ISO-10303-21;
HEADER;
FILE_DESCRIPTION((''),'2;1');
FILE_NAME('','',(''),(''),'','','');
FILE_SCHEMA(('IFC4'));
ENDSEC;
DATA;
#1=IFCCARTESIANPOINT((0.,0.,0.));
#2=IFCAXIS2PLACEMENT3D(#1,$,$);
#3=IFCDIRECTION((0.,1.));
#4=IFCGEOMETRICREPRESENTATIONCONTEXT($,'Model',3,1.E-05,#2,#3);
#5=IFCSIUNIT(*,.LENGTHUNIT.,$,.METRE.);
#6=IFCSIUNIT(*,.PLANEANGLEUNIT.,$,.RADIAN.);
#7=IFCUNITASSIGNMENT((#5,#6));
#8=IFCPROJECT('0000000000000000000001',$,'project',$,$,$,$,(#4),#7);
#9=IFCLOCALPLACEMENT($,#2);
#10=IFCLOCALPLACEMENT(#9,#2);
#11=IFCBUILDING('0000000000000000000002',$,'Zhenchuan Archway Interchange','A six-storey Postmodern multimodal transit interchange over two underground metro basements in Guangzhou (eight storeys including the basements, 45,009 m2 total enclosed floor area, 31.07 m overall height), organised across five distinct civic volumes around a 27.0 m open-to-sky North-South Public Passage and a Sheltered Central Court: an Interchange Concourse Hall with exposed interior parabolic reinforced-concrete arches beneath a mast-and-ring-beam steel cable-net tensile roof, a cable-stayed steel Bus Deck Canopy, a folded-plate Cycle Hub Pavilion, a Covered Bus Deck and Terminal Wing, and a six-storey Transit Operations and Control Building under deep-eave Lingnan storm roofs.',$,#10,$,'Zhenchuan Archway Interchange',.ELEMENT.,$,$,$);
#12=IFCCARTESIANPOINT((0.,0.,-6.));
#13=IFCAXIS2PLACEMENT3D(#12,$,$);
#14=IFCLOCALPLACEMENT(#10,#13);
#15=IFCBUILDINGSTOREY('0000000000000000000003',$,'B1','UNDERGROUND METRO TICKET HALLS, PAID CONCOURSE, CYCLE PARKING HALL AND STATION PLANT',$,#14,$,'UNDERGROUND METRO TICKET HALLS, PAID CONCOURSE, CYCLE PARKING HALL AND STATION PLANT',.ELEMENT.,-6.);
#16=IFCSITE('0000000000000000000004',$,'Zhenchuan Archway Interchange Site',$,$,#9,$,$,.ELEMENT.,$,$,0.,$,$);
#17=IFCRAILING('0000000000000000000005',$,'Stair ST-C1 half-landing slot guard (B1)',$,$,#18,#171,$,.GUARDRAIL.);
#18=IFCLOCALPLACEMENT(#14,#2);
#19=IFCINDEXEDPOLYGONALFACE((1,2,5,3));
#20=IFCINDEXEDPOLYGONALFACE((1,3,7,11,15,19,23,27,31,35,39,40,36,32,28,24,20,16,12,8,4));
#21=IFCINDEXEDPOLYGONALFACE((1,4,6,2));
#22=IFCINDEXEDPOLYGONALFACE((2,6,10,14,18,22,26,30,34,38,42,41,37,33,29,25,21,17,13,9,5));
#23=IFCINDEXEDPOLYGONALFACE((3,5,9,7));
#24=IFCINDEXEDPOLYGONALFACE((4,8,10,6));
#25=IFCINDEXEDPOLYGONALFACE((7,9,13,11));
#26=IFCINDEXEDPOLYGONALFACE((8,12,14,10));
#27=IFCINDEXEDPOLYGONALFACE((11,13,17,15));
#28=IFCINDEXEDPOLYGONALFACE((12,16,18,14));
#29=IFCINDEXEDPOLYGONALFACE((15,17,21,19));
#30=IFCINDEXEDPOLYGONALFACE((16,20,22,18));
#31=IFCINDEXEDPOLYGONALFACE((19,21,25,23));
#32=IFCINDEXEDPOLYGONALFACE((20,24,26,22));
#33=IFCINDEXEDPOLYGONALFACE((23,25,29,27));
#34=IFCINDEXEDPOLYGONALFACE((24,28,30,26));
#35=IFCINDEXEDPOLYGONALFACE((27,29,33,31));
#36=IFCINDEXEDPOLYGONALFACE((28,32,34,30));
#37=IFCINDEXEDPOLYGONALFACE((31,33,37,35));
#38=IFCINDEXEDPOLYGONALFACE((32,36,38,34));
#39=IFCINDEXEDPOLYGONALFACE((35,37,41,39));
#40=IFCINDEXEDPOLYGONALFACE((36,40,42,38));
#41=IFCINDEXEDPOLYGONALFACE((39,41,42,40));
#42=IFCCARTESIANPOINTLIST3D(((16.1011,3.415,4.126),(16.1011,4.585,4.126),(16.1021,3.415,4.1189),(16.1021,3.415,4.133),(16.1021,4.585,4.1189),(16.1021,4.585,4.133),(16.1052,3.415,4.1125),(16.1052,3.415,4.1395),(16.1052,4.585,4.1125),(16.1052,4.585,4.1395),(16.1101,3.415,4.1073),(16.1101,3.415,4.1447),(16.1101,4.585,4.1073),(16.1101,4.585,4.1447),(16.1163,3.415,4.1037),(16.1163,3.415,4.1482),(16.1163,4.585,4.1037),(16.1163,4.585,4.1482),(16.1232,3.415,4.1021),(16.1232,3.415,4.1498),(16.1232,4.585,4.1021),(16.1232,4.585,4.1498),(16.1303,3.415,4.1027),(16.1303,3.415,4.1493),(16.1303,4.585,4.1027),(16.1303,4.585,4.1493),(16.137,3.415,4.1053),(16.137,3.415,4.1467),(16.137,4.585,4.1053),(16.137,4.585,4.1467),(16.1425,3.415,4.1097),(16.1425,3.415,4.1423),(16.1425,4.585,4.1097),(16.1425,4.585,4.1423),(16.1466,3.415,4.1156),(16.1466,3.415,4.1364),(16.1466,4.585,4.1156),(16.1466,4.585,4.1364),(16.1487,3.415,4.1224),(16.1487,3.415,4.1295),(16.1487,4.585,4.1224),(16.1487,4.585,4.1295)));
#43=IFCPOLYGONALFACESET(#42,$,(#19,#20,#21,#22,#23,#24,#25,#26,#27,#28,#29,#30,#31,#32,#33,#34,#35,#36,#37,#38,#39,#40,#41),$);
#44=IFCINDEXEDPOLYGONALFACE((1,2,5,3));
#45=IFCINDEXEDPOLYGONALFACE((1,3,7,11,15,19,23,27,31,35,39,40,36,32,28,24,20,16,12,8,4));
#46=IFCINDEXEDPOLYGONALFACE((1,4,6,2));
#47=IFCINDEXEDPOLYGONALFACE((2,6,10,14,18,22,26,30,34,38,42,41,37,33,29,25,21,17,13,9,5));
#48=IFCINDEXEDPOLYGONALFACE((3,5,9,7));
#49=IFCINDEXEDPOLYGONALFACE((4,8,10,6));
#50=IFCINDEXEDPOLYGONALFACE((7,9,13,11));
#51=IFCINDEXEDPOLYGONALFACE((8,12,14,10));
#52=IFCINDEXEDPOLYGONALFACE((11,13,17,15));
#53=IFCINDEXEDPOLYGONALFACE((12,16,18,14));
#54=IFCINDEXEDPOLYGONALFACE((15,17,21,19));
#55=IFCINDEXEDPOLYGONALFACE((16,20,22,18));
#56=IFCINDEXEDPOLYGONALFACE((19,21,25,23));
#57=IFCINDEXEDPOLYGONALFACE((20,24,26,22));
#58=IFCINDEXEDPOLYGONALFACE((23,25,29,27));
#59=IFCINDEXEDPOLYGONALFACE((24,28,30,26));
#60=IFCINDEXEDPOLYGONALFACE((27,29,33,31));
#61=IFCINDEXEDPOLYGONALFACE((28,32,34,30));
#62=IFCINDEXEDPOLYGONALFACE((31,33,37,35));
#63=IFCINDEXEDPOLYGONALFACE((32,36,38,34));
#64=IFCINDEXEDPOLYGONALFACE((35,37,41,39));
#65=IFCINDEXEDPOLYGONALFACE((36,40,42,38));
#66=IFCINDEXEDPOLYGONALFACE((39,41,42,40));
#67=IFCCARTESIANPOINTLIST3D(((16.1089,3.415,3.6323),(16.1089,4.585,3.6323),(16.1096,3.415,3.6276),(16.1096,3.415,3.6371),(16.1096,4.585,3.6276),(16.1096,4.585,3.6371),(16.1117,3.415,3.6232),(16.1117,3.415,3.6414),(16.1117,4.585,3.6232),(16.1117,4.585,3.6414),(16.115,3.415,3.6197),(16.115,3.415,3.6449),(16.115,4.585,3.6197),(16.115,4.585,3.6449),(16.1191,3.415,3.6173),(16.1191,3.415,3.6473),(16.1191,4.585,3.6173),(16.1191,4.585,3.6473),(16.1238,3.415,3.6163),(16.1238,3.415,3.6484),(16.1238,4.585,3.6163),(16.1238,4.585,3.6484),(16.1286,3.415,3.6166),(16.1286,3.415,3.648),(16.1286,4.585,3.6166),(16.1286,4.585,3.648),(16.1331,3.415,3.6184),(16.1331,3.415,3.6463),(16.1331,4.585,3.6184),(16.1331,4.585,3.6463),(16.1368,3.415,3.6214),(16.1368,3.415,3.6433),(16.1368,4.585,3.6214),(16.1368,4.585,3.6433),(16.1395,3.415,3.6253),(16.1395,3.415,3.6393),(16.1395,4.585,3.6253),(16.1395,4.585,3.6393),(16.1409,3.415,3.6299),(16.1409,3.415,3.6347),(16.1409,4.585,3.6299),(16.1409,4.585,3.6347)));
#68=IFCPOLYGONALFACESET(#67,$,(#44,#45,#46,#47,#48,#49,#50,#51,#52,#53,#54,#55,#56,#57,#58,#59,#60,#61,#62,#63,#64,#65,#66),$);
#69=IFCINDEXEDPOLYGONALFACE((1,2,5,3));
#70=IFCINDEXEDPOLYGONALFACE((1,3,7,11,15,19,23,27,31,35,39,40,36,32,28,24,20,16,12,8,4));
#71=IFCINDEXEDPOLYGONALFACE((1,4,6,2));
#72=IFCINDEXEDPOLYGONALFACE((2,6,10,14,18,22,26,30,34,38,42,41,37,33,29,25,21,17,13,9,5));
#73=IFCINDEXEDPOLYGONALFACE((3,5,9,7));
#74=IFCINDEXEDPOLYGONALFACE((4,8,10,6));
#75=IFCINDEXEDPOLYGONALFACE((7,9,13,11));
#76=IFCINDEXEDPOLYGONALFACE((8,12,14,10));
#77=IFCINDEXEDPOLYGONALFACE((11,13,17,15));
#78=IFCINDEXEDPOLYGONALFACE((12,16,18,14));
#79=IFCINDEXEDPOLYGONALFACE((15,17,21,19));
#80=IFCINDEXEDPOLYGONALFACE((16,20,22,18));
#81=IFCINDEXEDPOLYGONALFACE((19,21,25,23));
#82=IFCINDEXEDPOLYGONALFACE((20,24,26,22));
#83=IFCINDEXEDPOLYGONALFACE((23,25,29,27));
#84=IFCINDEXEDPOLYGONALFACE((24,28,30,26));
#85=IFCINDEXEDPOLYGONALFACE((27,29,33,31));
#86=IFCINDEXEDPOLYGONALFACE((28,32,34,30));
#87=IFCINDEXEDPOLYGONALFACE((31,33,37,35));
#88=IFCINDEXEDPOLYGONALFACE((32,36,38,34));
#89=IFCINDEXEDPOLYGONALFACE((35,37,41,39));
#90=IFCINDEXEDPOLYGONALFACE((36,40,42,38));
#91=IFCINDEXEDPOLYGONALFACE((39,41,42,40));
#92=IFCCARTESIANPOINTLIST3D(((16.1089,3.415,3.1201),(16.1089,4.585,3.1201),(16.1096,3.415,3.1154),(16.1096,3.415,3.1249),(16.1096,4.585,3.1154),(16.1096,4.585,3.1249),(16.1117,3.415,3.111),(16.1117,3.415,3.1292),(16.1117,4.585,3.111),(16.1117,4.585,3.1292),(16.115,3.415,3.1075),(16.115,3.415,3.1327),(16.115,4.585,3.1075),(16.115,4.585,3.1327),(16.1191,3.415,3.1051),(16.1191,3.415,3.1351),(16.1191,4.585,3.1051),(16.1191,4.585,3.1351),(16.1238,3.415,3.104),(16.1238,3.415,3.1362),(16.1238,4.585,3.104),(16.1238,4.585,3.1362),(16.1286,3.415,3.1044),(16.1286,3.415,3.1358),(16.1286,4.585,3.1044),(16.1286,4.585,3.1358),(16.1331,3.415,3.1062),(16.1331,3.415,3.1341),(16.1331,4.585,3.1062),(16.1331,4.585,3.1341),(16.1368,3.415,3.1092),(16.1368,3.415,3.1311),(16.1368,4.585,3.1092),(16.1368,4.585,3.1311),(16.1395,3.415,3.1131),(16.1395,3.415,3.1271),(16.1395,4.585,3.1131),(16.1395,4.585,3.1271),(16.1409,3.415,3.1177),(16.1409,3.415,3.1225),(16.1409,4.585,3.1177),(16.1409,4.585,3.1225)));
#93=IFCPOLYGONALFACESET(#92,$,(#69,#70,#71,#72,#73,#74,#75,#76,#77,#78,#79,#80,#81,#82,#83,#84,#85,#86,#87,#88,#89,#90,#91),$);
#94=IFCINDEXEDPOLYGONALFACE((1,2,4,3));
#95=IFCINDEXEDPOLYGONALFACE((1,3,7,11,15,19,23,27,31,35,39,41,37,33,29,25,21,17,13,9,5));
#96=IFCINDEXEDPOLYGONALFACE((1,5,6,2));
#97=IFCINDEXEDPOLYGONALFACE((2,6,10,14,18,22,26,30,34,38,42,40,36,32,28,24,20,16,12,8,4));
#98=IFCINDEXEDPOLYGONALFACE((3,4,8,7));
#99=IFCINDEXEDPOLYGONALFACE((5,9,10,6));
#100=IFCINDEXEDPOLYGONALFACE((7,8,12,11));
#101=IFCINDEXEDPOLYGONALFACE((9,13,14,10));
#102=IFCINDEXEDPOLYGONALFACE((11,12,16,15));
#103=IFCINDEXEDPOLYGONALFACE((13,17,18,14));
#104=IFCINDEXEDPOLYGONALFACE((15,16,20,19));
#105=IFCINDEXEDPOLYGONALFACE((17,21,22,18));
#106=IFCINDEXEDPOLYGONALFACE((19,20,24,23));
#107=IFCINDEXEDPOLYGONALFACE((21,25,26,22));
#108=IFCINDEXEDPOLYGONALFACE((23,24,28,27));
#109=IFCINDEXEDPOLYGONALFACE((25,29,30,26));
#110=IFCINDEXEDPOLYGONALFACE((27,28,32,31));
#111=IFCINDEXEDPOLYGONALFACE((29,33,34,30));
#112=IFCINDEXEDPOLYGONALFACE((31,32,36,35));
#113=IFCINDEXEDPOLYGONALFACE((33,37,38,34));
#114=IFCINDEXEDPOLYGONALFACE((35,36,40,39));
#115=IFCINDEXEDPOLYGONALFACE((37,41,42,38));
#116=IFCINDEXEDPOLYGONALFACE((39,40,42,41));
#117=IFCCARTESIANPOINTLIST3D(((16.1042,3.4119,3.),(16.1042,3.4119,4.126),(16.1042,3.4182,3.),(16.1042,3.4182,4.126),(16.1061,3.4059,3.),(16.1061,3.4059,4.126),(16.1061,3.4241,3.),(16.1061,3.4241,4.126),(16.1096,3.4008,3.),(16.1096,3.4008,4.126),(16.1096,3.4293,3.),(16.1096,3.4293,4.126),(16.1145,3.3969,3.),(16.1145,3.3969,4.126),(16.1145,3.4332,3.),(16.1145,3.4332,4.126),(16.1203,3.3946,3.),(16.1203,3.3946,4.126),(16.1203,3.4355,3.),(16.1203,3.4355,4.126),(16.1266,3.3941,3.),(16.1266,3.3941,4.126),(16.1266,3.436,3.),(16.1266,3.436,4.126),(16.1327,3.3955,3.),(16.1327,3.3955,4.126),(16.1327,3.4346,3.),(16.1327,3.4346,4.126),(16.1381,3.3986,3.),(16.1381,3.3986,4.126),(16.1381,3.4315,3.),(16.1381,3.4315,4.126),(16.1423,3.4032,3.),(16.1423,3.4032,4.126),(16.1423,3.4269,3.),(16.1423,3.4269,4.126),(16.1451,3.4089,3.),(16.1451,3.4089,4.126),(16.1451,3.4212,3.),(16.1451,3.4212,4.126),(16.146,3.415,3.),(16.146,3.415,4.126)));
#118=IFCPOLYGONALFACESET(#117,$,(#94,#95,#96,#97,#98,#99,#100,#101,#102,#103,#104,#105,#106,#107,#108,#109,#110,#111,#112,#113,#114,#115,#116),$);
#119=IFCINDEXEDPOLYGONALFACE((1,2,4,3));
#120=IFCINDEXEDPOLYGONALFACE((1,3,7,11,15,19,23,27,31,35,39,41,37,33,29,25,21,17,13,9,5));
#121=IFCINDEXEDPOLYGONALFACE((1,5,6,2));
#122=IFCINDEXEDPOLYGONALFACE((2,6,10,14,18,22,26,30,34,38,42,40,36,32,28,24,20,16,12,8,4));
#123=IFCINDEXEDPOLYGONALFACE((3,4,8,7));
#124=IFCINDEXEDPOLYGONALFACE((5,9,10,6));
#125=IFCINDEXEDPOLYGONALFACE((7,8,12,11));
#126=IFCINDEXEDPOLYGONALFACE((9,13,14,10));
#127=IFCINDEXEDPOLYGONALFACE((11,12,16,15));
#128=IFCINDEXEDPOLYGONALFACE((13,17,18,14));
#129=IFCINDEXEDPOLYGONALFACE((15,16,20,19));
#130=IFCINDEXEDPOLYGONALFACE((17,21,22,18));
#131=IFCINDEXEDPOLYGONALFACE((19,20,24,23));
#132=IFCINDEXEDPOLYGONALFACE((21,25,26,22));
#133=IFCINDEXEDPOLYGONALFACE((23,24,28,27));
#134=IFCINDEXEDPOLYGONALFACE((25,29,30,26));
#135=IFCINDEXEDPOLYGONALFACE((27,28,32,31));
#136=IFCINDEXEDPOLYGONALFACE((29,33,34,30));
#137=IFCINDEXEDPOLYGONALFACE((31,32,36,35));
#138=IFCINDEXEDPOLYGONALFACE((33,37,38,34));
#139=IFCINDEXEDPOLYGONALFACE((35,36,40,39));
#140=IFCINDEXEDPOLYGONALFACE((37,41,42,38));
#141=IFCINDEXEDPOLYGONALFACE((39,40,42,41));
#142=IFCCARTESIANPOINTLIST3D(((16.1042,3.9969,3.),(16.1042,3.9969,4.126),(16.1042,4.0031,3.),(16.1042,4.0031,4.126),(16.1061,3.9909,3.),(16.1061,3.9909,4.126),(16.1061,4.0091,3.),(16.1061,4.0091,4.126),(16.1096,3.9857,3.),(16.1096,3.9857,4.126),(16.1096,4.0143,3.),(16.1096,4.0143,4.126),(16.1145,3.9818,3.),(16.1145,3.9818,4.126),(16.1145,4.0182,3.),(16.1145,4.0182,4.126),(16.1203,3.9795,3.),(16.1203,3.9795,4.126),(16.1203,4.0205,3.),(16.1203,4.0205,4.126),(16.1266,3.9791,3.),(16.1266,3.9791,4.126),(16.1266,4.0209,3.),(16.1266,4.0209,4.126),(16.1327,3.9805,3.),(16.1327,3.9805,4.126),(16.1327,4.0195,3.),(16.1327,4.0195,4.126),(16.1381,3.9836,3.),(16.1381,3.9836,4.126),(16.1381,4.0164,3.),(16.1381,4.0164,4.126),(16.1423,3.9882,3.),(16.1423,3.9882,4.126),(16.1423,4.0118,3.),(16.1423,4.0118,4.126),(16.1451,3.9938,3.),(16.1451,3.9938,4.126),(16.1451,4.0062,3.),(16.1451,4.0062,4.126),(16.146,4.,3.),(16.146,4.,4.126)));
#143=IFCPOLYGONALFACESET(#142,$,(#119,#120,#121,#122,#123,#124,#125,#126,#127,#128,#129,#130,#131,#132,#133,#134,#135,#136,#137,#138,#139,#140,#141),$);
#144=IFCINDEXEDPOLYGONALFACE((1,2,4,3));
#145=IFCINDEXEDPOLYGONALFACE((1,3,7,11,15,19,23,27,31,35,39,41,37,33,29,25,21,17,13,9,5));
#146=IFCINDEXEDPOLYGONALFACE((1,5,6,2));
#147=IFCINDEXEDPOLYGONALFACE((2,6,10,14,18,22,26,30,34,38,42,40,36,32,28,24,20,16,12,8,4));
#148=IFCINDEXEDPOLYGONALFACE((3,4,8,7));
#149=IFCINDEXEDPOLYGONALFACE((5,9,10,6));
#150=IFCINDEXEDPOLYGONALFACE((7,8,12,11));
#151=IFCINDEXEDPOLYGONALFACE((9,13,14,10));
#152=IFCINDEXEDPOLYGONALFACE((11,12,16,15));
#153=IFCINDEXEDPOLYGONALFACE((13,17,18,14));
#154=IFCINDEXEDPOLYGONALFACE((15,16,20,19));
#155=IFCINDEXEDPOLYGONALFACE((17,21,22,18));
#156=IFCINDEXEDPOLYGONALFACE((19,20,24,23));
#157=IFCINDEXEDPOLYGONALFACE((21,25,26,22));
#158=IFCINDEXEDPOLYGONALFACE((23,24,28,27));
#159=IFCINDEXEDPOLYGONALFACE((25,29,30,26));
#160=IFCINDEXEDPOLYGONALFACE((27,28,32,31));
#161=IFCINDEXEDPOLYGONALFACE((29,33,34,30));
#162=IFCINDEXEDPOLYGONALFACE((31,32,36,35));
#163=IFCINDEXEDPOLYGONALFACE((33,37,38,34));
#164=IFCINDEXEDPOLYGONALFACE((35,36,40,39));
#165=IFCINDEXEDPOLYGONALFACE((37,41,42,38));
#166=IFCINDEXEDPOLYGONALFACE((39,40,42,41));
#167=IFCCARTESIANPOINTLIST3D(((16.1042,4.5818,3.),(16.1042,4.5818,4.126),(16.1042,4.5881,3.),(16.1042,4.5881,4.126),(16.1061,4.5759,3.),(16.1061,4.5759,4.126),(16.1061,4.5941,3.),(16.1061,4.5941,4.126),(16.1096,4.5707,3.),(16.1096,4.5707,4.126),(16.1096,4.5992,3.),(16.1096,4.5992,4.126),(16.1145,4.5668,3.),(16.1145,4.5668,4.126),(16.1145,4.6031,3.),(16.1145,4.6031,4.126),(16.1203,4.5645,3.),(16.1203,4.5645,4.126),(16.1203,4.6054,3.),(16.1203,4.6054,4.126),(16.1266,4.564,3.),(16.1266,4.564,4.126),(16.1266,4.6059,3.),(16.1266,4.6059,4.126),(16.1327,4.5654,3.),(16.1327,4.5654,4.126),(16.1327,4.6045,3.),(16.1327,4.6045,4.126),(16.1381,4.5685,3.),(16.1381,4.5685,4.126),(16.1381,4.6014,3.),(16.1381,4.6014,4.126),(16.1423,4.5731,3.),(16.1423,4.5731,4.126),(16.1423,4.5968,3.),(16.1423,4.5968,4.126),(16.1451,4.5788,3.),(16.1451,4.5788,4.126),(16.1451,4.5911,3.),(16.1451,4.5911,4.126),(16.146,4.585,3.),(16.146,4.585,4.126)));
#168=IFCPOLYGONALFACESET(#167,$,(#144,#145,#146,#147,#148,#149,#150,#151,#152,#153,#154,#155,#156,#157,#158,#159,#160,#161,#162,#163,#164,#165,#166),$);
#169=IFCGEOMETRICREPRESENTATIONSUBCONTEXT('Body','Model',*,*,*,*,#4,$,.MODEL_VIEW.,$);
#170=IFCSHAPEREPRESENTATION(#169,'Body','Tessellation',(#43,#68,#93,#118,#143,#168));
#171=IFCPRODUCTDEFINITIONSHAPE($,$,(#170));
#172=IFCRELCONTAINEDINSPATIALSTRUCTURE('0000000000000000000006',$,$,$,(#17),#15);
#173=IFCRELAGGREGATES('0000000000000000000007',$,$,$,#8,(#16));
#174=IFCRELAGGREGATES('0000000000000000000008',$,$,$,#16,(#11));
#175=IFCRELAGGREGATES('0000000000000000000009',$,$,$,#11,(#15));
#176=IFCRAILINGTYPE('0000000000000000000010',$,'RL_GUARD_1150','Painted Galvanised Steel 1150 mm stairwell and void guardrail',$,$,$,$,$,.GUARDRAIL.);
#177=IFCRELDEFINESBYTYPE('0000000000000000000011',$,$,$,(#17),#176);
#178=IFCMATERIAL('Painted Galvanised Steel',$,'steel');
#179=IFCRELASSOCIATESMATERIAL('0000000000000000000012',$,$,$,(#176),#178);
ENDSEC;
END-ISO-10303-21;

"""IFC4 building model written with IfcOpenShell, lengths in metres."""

from ifc_helpers import new_model, si_unit, direction, frame, origin, origin_2d, place, context, subcontext, project, spatial, circle, extrude, material, type_object, element, save


model = new_model("IFC4")

# Units and contexts
model_context = context("Model", 3, precision=1e-05, world=origin(), true_north=direction((0.0, 1.0)))
body_context = subcontext(model_context, "Body", "Model", "MODEL_VIEW")
ifc_project = project(units=[si_unit("LENGTHUNIT", "METRE"), si_unit("PLANEANGLEUNIT", "RADIAN")], contexts=[model_context])

# Site, building, storey
site_placement = place(None, origin())
site = spatial("IfcSite", under=ifc_project, at=site_placement, Name="Zhenchuan Archway Interchange Site", CompositionType="ELEMENT", RefElevation=0.0)
building_placement = place(site_placement, origin())
building = spatial("IfcBuilding", under=site, at=building_placement, Name="Zhenchuan Archway Interchange", Description="A six-storey Postmodern multimodal transit interchange over two underground metro basements in Guangzhou (eight storeys including the basements, 45,009 m2 total enclosed floor area, 31.07 m overall height), organised across five distinct civic volumes around a 27.0 m open-to-sky North-South Public Passage and a Sheltered Central Court: an Interchange Concourse Hall with exposed interior parabolic reinforced-concrete arches beneath a mast-and-ring-beam steel cable-net tensile roof, a cable-stayed steel Bus Deck Canopy, a folded-plate Cycle Hub Pavilion, a Covered Bus Deck and Terminal Wing, and a six-storey Transit Operations and Control Building under deep-eave Lingnan storm roofs.", LongName="Zhenchuan Archway Interchange", CompositionType="ELEMENT")
storey_placement = place(building_placement, frame((0.0, 0.0, -6.0)))
storey = spatial("IfcBuildingStorey", under=building, at=storey_placement, Name="B1", Description="UNDERGROUND METRO TICKET HALLS, PAID CONCOURSE, CYCLE PARKING HALL AND STATION PLANT", LongName="UNDERGROUND METRO TICKET HALLS, PAID CONCOURSE, CYCLE PARKING HALL AND STATION PLANT", CompositionType="ELEMENT", Elevation=-6.0)

# Railing
ifc_material_1 = material(Name="Painted Galvanised Steel", Category="steel")
railing_type_1 = type_object("IfcRailingType", Name="RL_GUARD_1150", Description="Painted Galvanised Steel 1150 mm stairwell and void guardrail", PredefinedType="GUARDRAIL", material=ifc_material_1)
railing_placement = place(storey_placement, frame((16.125, 3.415, 3.0)))
element("IfcRailing", 1, at=railing_placement, inside=storey, type_object=railing_type_1, Name="Stair ST-C1 half-landing slot guard (B1)", PredefinedType="GUARDRAIL", context=body_context, shape_type="SweptSolid", body=[
    extrude(circle(Radius=0.0239, at=origin_2d()), frame((0.0, 0.0, 1.126), z_axis=(0.0, 1.0, 0.0), x_axis=(-1.0, 0.0, 0.0)), (0.0, 0.0, 1.0), 1.1699),
    extrude(circle(Radius=0.0161, at=origin_2d()), frame((0.0, 0.0, 0.6323), z_axis=(0.0, 1.0, 0.0), x_axis=(-1.0, 0.0, 0.0)), (0.0, 0.0, 1.0), 1.1699),
    extrude(circle(Radius=0.0161, at=origin_2d()), frame((0.0, 0.0, 0.1201), z_axis=(0.0, 1.0, 0.0), x_axis=(-1.0, 0.0, 0.0)), (0.0, 0.0, 1.0), 1.1699),
    extrude(circle(Radius=0.021, at=origin_2d()), origin(), (0.0, 0.0, 1.0), 1.126),
    extrude(circle(Radius=0.021, at=origin_2d()), frame((0.0, 0.585, 0.0)), (0.0, 0.0, 1.0), 1.126),
    extrude(circle(Radius=0.021, at=origin_2d()), frame((0.0, 1.1699, 0.0)), (0.0, 0.0, 1.0), 1.126),
])

save(model, "model.ifc")
